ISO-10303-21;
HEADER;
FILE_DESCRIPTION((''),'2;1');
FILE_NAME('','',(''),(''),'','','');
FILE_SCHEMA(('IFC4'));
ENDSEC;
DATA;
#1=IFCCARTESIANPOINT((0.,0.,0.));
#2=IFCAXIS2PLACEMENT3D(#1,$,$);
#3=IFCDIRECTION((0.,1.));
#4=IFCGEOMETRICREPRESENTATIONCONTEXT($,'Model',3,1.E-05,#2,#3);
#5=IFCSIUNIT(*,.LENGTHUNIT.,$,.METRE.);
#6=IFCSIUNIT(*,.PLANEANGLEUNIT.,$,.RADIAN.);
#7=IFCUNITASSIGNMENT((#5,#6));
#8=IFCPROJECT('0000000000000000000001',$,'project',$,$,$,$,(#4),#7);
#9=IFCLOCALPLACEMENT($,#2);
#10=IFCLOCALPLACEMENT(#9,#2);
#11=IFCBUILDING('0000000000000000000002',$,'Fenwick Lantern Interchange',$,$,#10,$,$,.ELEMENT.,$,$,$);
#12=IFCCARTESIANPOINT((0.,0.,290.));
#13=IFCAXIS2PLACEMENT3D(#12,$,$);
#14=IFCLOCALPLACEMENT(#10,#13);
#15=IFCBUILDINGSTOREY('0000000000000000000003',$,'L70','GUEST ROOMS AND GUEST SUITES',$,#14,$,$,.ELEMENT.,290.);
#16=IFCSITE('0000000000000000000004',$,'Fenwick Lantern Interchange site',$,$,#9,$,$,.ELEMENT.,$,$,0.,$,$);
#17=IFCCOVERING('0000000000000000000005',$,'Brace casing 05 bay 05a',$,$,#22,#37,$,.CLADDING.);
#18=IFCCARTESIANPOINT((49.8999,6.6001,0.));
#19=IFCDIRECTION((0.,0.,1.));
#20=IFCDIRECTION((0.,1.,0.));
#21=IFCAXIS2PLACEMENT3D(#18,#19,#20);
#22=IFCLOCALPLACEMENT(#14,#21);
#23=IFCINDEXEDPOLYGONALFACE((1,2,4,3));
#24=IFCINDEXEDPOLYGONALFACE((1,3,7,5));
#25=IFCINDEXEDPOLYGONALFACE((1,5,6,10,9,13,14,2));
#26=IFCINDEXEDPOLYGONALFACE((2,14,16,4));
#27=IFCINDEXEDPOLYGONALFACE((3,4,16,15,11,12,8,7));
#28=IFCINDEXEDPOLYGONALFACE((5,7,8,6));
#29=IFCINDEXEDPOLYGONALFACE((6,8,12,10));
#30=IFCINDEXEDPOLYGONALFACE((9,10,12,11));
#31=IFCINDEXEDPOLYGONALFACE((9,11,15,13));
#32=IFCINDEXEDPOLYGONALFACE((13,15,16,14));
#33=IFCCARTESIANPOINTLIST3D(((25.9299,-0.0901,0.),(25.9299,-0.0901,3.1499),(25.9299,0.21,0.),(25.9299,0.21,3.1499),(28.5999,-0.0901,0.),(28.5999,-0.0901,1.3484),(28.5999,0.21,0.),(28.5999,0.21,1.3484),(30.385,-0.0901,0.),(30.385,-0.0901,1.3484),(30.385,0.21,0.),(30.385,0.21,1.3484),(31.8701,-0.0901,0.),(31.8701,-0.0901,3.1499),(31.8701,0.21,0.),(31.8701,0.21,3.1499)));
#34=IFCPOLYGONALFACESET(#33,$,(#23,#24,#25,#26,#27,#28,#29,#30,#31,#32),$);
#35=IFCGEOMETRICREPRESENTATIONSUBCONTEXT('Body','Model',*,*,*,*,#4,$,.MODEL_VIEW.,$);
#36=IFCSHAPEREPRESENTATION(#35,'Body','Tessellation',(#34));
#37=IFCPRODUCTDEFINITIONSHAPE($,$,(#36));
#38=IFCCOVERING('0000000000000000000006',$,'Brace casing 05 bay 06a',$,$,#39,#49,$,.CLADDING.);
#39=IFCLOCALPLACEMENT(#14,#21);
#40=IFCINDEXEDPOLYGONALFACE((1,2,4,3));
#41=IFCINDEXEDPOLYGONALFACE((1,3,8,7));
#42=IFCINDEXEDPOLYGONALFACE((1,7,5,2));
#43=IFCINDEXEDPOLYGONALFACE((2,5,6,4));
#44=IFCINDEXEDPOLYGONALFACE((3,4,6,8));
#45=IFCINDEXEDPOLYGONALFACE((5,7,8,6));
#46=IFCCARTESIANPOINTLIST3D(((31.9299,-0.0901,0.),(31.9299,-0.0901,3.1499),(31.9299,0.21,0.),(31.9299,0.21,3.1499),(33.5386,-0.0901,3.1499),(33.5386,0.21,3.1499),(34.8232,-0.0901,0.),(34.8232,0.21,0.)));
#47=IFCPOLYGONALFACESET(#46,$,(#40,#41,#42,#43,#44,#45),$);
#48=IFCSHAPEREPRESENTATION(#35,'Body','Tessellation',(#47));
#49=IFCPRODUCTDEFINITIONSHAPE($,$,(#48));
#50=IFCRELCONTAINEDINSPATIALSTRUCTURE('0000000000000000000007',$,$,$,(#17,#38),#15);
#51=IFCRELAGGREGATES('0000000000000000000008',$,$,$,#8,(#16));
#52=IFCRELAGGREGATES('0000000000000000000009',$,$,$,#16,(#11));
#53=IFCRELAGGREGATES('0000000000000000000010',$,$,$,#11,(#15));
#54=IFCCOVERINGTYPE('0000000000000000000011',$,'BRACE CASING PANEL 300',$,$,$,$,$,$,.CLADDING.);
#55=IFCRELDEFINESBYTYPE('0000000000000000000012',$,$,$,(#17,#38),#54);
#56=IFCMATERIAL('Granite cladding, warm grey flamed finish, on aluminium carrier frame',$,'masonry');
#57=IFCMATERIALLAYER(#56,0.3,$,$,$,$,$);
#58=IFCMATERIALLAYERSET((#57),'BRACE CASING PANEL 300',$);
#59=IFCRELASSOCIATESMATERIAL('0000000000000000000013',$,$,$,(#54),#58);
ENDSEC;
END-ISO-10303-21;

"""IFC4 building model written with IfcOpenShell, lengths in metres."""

from ifc_helpers import new_model, si_unit, direction, frame, origin, place, context, subcontext, project, spatial, polyline, outline, extrude, material, layer, layer_set, type_object, element, save


model = new_model("IFC4")

# Units and contexts
model_context = context("Model", 3, precision=1e-05, world=origin(), true_north=direction((0.0, 1.0)))
body_context = subcontext(model_context, "Body", "Model", "MODEL_VIEW")
ifc_project = project(units=[si_unit("LENGTHUNIT", "METRE"), si_unit("PLANEANGLEUNIT", "RADIAN")], contexts=[model_context])

# Site, building, storey
site_placement = place(None, origin())
site = spatial("IfcSite", under=ifc_project, at=site_placement, Name="Fenwick Lantern Interchange site", CompositionType="ELEMENT", RefElevation=0.0)
building_placement = place(site_placement, origin())
building = spatial("IfcBuilding", under=site, at=building_placement, Name="Fenwick Lantern Interchange", CompositionType="ELEMENT")
storey_placement = place(building_placement, frame((0.0, 0.0, 290.0)))
storey = spatial("IfcBuildingStorey", under=building, at=storey_placement, Name="L70", Description="GUEST ROOMS AND GUEST SUITES", CompositionType="ELEMENT", Elevation=290.0)

# Coverings
ifc_material_1 = material(Name="Granite cladding, warm grey flamed finish, on aluminium carrier frame", Category="masonry")
ifc_layer_1 = layer(ifc_material_1, 0.3)
ifc_layer_set_1 = layer_set([ifc_layer_1], Name="BRACE CASING PANEL 300")
covering_type = type_object("IfcCoveringType", Name="BRACE CASING PANEL 300", PredefinedType="CLADDING", material=ifc_layer_set_1)
covering_1_placement = place(storey_placement, frame((49.8999, 6.6001, 0.0), z_axis=(0.0, 0.0, 1.0), x_axis=(0.0, 1.0, 0.0)))
element("IfcCovering", 1, at=covering_1_placement, inside=storey, type_object=covering_type, Name="Brace casing 05 bay 05a", PredefinedType="CLADDING", context=body_context, shape_type="SweptSolid", body=[
    extrude(outline(polyline([(25.9299, 0.0), (28.5999, 0.0), (28.5999, 1.3484), (30.385, 1.3484), (30.385, 0.0), (31.8701, 0.0), (31.8701, 3.1499), (25.9299, 3.1499), (25.9299, 0.0)])), frame((0.0, 0.21, 0.0), z_axis=(0.0, -1.0, 0.0), x_axis=(1.0, 0.0, 0.0)), (0.0, 0.0, 1.0), 0.3),
])
covering_2_placement = place(storey_placement, frame((49.8999, 6.6001, 0.0), z_axis=(0.0, 0.0, 1.0), x_axis=(0.0, 1.0, 0.0)))
element("IfcCovering", 2, at=covering_2_placement, inside=storey, type_object=covering_type, Name="Brace casing 05 bay 06a", PredefinedType="CLADDING", context=body_context, shape_type="SweptSolid", body=[
    extrude(outline(polyline([(31.9299, 0.0), (34.8232, 0.0), (33.5386, 3.1499), (31.9299, 3.1499), (31.9299, 0.0)])), frame((0.0, 0.21, 0.0), z_axis=(0.0, -1.0, 0.0), x_axis=(1.0, 0.0, 0.0)), (0.0, 0.0, 1.0), 0.3),
])

save(model, "model.ifc")
